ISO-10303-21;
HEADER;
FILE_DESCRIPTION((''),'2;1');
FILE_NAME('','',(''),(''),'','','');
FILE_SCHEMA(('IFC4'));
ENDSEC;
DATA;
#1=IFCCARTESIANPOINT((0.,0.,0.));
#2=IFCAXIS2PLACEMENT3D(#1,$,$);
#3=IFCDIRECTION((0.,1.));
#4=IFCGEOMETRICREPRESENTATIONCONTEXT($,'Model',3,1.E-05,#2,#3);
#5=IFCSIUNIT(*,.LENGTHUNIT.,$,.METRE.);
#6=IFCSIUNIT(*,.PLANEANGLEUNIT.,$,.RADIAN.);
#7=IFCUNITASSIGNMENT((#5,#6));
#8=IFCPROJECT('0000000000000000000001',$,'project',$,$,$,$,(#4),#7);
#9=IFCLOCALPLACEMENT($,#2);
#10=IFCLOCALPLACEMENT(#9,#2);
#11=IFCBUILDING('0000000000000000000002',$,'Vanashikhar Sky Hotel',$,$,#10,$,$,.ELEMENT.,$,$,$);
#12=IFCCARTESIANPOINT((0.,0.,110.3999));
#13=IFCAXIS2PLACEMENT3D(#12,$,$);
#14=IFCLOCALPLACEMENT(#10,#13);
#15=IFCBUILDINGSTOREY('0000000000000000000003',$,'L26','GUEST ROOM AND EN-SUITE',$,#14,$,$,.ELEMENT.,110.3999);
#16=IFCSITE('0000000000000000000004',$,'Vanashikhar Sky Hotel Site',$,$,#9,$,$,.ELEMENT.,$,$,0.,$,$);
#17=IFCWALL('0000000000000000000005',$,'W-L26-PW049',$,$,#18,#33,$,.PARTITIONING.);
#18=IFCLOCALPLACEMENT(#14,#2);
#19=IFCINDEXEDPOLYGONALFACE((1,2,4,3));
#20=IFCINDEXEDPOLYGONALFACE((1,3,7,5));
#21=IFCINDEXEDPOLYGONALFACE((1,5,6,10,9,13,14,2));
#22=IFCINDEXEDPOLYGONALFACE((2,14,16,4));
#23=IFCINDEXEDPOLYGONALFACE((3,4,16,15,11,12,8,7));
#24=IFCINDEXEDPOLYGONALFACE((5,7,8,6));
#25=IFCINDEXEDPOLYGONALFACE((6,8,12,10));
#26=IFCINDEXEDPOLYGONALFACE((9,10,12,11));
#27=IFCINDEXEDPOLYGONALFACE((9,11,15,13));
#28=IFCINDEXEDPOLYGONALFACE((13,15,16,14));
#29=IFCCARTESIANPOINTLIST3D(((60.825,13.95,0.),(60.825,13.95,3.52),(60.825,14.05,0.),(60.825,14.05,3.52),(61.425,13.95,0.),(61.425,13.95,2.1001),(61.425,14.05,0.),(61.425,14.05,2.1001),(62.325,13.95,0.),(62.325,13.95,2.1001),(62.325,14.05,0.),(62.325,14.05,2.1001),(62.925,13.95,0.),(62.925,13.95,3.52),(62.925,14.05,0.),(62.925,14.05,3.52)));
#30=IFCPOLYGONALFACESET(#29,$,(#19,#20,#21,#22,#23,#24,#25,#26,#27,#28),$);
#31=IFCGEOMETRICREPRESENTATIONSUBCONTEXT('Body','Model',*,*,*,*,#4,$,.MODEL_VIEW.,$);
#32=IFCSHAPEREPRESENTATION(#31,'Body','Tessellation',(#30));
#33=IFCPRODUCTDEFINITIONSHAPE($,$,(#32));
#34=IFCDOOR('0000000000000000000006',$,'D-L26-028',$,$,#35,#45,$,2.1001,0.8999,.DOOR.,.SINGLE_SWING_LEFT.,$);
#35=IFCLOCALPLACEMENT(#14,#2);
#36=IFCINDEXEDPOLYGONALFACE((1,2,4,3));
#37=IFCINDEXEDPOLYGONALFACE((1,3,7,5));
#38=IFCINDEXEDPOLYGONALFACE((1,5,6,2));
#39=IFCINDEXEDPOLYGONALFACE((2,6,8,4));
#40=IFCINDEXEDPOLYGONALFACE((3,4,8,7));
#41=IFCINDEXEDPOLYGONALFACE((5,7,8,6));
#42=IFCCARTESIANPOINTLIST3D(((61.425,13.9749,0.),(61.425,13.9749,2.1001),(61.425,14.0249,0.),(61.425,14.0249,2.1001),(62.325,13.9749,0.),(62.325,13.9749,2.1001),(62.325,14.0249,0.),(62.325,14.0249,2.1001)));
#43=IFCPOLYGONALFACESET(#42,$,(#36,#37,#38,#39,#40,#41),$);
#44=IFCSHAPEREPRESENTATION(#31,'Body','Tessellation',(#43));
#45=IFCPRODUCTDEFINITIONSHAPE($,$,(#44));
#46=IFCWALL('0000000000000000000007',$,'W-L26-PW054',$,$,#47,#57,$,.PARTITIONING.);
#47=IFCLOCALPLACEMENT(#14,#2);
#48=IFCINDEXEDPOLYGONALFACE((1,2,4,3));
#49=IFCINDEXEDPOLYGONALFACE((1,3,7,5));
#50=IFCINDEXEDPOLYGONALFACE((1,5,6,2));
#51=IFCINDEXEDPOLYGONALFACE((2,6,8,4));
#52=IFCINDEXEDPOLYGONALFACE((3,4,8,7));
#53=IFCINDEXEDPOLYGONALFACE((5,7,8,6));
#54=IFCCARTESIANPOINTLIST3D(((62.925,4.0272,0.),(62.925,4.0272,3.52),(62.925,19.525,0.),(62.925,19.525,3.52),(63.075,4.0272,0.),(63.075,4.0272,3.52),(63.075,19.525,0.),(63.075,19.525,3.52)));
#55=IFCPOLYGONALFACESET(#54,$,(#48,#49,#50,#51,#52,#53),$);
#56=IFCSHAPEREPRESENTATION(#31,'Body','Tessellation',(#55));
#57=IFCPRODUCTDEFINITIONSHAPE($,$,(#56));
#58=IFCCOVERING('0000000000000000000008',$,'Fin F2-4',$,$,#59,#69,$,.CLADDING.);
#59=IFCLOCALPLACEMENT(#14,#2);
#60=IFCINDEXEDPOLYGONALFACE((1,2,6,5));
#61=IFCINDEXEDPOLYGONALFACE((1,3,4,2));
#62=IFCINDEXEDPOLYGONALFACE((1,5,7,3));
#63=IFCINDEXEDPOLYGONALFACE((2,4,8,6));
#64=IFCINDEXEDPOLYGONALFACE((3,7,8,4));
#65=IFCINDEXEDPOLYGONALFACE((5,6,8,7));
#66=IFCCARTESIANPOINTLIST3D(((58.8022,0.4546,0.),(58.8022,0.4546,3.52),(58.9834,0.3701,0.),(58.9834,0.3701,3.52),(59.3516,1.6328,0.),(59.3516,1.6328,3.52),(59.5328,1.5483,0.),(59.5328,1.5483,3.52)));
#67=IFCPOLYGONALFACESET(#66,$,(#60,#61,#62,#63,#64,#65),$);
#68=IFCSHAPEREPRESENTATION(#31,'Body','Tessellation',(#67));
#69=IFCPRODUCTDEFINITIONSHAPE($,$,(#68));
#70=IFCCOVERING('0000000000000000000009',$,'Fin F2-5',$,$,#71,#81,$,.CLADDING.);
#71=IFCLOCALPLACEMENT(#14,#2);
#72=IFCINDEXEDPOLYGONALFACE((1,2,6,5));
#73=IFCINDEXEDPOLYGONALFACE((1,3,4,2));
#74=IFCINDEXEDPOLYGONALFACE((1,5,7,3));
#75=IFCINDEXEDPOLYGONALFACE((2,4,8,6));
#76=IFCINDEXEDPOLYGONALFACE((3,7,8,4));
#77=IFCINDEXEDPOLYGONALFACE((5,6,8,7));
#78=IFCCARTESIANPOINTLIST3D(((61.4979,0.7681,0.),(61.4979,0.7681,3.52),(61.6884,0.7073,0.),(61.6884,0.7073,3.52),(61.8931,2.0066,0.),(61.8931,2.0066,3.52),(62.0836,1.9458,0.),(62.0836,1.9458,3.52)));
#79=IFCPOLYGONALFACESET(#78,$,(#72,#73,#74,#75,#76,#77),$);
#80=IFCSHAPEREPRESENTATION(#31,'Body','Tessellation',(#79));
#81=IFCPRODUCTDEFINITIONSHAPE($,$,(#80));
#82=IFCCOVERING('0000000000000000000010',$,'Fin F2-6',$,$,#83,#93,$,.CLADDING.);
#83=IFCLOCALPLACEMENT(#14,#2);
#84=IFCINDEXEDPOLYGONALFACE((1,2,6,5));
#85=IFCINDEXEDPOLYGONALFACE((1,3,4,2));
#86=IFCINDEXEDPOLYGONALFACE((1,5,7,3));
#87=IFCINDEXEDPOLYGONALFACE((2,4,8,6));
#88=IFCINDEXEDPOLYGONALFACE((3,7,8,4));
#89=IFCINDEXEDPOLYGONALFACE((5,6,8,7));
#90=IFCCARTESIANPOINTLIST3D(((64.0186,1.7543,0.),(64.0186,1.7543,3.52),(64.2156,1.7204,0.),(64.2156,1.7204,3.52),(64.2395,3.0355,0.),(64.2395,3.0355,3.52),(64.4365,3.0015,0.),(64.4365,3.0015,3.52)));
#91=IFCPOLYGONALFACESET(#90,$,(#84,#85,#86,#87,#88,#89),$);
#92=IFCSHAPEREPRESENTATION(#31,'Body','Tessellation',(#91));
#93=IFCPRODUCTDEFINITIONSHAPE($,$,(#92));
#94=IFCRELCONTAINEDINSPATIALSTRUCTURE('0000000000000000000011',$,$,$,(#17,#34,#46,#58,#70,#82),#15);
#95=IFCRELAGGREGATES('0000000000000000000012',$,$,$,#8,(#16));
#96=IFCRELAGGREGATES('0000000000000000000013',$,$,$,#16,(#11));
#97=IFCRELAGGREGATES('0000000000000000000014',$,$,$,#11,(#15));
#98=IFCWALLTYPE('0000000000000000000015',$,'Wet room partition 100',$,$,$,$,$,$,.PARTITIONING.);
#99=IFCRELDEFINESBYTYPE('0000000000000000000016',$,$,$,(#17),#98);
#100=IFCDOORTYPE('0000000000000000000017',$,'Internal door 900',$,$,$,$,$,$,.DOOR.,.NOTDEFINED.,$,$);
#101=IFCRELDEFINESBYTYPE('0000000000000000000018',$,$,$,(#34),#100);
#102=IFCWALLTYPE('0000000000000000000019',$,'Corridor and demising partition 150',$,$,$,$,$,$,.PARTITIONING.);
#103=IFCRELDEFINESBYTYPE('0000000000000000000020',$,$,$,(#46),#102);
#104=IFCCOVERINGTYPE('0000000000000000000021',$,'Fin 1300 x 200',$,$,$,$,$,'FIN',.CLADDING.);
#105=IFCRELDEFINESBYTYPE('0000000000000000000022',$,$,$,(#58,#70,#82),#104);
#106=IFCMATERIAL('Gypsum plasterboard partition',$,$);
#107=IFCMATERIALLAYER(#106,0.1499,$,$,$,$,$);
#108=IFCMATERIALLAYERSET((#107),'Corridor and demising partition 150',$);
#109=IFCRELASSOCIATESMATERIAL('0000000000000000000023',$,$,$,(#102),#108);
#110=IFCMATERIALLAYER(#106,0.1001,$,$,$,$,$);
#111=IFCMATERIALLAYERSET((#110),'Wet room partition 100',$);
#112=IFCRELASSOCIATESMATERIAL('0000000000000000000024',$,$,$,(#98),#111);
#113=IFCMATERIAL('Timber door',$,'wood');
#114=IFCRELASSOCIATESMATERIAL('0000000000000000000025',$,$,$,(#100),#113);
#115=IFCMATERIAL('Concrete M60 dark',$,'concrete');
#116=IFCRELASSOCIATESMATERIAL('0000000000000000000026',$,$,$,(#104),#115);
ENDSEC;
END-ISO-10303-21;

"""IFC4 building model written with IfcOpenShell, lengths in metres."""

from ifc_helpers import new_model, si_unit, direction, frame, frame_2d, origin, origin_2d, place, context, subcontext, project, spatial, rectangle, extrude, source, transform, mapped, material, layer, layer_set, material_profile, profile_set, type_object, element, fill, save


model = new_model("IFC4")

# Units and contexts
model_context = context("Model", 3, precision=1e-05, world=origin(), true_north=direction((0.0, 1.0)))
body_context = subcontext(model_context, "Body", "Model", "MODEL_VIEW")
ifc_project = project(units=[si_unit("LENGTHUNIT", "METRE"), si_unit("PLANEANGLEUNIT", "RADIAN")], contexts=[model_context])

# Site, building, storey
site_placement = place(None, origin())
site = spatial("IfcSite", under=ifc_project, at=site_placement, Name="Vanashikhar Sky Hotel Site", CompositionType="ELEMENT", RefElevation=0.0)
building_placement = place(site_placement, origin())
building = spatial("IfcBuilding", under=site, at=building_placement, Name="Vanashikhar Sky Hotel", CompositionType="ELEMENT")
storey_placement = place(building_placement, frame((0.0, 0.0, 110.3999)))
storey = spatial("IfcBuildingStorey", under=building, at=storey_placement, Name="L26", Description="GUEST ROOM AND EN-SUITE", CompositionType="ELEMENT", Elevation=110.3999)

# Shared definitions
ifc_material_1 = material(Name="Gypsum plasterboard partition")
ifc_layer_1 = layer(ifc_material_1, 0.1499)
ifc_layer_set_1 = layer_set([ifc_layer_1], Name="Corridor and demising partition 150")
wall_type_1 = type_object("IfcWallType", Name="Corridor and demising partition 150", PredefinedType="PARTITIONING", material=ifc_layer_set_1)
ifc_layer_2 = layer(ifc_material_1, 0.1001)
ifc_layer_set_2 = layer_set([ifc_layer_2], Name="Wet room partition 100")
wall_type_2 = type_object("IfcWallType", Name="Wet room partition 100", PredefinedType="PARTITIONING", material=ifc_layer_set_2)

# Wall, opening, door
shared_shape_1 = source(origin(), body_context, "Body", "SweptSolid", [
    extrude(rectangle(XDim=2.1001, YDim=0.1001, at=frame_2d((1.05, 0.0))), origin(), (0.0, 0.0, 1.0), 3.52),
])
wall_1_placement = place(storey_placement, frame((60.825, 14.0, 0.0), z_axis=(0.0, 0.0, 1.0), x_axis=(1.0, 0.0, 0.0)))
wall_1 = element("IfcWall", 1, at=wall_1_placement, inside=storey, type_object=wall_type_2, Name="W-L26-PW049", PredefinedType="PARTITIONING", context=body_context, shape_type="MappedRepresentation", body=[
    mapped(shared_shape_1, transform((0.0, 0.0, 0.0), scale=1.0)),
])
shared_shape_2 = source(origin(), body_context, "Body", "SweptSolid", [
    extrude(rectangle(XDim=0.8999, YDim=2.1001, at=frame_2d((0.45, 1.05))), frame((0.0, 0.0601, 0.0), z_axis=(0.0, -1.0, 0.0), x_axis=(1.0, 0.0, 0.0)), (0.0, 0.0, 1.0), 0.1201),
])
opening_1_placement = place(wall_1_placement, frame((0.6001, 0.0, 0.0)))
opening_1 = element("IfcOpeningElement", 2, at=opening_1_placement, cuts=wall_1, PredefinedType="OPENING", context=body_context, shape_type="MappedRepresentation", body=[
    mapped(shared_shape_2, transform((0.0, 0.0, 0.0), scale=1.0)),
])
ifc_material_2 = material(Name="Timber door", Category="wood")
door_type = type_object("IfcDoorType", Name="Internal door 900", OperationType="NOTDEFINED", PredefinedType="DOOR", material=ifc_material_2)
shared_shape_3 = source(origin(), body_context, "Body", "SweptSolid", [
    extrude(rectangle(XDim=0.8999, YDim=2.1001, at=frame_2d((0.45, 1.05))), frame((0.0, 0.0249, 0.0), z_axis=(0.0, -1.0, 0.0), x_axis=(1.0, 0.0, 0.0)), (0.0, 0.0, 1.0), 0.05),
])
door_placement = place(opening_1_placement, origin())
door = element("IfcDoor", 3, at=door_placement, inside=storey, type_object=door_type, Name="D-L26-028", OperationType="SINGLE_SWING_LEFT", OverallHeight=2.1001, OverallWidth=0.8999, PredefinedType="DOOR", context=body_context, shape_type="MappedRepresentation", body=[
    mapped(shared_shape_3, transform((0.0, 0.0, 0.0), scale=1.0)),
])
fill(opening_1, door)

# Wall
shared_shape_4 = source(origin(), body_context, "Body", "SweptSolid", [
    extrude(rectangle(XDim=15.4978, YDim=0.1499, at=frame_2d((7.749, 0.0))), origin(), (0.0, 0.0, 1.0), 3.52),
])
wall_2_placement = place(storey_placement, frame((63.0, 4.0271, 0.0), z_axis=(0.0, 0.0, 1.0), x_axis=(0.0, 1.0, 0.0)))
element("IfcWall", 4, at=wall_2_placement, inside=storey, type_object=wall_type_1, Name="W-L26-PW054", PredefinedType="PARTITIONING", context=body_context, shape_type="MappedRepresentation", body=[
    mapped(shared_shape_4, transform((0.0, 0.0, 0.0), scale=1.0)),
])

# Coverings
ifc_material_3 = material(Name="Concrete M60 dark", Category="concrete")
ifc_material_profile = material_profile(ifc_material_3, rectangle(XDim=1.3, YDim=0.2, at=origin_2d()))
ifc_profile_set = profile_set([ifc_material_profile], Name="Fin 1300 x 200")
covering_type = type_object("IfcCoveringType", Name="Fin 1300 x 200", ElementType="FIN", PredefinedType="CLADDING", material=ifc_profile_set)
shared_shape_5 = source(origin(), body_context, "Body", "SweptSolid", [
    extrude(rectangle(XDim=1.3, YDim=0.2, at=origin_2d()), origin(), (0.0, 0.0, 1.0), 3.52),
])
for number, where, z_axis, x_axis, name in (
    (5, (59.1675, 1.0015, 0.0), (0.0, 0.0, 1.0), (-0.422618, -0.906308, 0.0), "Fin F2-4"),
    (6, (61.7908, 1.3569, 0.0), (0.0, 0.0, 1.0), (-0.303967, -0.952683, 0.0), "Fin F2-5"),
    (7, (64.2275, 2.3779, 0.0), (0.0, 0.0, 1.0), (-0.1699, -0.985461, 0.0), "Fin F2-6"),
):
    element("IfcCovering", number, at=place(storey_placement, frame(where, z_axis=z_axis, x_axis=x_axis)), inside=storey, type_object=covering_type, Name=name, PredefinedType="CLADDING", context=body_context, shape_type="MappedRepresentation", body=[
        mapped(shared_shape_5, transform((0.0, 0.0, 0.0), scale=1.0)),
    ])

save(model, "model.ifc")
